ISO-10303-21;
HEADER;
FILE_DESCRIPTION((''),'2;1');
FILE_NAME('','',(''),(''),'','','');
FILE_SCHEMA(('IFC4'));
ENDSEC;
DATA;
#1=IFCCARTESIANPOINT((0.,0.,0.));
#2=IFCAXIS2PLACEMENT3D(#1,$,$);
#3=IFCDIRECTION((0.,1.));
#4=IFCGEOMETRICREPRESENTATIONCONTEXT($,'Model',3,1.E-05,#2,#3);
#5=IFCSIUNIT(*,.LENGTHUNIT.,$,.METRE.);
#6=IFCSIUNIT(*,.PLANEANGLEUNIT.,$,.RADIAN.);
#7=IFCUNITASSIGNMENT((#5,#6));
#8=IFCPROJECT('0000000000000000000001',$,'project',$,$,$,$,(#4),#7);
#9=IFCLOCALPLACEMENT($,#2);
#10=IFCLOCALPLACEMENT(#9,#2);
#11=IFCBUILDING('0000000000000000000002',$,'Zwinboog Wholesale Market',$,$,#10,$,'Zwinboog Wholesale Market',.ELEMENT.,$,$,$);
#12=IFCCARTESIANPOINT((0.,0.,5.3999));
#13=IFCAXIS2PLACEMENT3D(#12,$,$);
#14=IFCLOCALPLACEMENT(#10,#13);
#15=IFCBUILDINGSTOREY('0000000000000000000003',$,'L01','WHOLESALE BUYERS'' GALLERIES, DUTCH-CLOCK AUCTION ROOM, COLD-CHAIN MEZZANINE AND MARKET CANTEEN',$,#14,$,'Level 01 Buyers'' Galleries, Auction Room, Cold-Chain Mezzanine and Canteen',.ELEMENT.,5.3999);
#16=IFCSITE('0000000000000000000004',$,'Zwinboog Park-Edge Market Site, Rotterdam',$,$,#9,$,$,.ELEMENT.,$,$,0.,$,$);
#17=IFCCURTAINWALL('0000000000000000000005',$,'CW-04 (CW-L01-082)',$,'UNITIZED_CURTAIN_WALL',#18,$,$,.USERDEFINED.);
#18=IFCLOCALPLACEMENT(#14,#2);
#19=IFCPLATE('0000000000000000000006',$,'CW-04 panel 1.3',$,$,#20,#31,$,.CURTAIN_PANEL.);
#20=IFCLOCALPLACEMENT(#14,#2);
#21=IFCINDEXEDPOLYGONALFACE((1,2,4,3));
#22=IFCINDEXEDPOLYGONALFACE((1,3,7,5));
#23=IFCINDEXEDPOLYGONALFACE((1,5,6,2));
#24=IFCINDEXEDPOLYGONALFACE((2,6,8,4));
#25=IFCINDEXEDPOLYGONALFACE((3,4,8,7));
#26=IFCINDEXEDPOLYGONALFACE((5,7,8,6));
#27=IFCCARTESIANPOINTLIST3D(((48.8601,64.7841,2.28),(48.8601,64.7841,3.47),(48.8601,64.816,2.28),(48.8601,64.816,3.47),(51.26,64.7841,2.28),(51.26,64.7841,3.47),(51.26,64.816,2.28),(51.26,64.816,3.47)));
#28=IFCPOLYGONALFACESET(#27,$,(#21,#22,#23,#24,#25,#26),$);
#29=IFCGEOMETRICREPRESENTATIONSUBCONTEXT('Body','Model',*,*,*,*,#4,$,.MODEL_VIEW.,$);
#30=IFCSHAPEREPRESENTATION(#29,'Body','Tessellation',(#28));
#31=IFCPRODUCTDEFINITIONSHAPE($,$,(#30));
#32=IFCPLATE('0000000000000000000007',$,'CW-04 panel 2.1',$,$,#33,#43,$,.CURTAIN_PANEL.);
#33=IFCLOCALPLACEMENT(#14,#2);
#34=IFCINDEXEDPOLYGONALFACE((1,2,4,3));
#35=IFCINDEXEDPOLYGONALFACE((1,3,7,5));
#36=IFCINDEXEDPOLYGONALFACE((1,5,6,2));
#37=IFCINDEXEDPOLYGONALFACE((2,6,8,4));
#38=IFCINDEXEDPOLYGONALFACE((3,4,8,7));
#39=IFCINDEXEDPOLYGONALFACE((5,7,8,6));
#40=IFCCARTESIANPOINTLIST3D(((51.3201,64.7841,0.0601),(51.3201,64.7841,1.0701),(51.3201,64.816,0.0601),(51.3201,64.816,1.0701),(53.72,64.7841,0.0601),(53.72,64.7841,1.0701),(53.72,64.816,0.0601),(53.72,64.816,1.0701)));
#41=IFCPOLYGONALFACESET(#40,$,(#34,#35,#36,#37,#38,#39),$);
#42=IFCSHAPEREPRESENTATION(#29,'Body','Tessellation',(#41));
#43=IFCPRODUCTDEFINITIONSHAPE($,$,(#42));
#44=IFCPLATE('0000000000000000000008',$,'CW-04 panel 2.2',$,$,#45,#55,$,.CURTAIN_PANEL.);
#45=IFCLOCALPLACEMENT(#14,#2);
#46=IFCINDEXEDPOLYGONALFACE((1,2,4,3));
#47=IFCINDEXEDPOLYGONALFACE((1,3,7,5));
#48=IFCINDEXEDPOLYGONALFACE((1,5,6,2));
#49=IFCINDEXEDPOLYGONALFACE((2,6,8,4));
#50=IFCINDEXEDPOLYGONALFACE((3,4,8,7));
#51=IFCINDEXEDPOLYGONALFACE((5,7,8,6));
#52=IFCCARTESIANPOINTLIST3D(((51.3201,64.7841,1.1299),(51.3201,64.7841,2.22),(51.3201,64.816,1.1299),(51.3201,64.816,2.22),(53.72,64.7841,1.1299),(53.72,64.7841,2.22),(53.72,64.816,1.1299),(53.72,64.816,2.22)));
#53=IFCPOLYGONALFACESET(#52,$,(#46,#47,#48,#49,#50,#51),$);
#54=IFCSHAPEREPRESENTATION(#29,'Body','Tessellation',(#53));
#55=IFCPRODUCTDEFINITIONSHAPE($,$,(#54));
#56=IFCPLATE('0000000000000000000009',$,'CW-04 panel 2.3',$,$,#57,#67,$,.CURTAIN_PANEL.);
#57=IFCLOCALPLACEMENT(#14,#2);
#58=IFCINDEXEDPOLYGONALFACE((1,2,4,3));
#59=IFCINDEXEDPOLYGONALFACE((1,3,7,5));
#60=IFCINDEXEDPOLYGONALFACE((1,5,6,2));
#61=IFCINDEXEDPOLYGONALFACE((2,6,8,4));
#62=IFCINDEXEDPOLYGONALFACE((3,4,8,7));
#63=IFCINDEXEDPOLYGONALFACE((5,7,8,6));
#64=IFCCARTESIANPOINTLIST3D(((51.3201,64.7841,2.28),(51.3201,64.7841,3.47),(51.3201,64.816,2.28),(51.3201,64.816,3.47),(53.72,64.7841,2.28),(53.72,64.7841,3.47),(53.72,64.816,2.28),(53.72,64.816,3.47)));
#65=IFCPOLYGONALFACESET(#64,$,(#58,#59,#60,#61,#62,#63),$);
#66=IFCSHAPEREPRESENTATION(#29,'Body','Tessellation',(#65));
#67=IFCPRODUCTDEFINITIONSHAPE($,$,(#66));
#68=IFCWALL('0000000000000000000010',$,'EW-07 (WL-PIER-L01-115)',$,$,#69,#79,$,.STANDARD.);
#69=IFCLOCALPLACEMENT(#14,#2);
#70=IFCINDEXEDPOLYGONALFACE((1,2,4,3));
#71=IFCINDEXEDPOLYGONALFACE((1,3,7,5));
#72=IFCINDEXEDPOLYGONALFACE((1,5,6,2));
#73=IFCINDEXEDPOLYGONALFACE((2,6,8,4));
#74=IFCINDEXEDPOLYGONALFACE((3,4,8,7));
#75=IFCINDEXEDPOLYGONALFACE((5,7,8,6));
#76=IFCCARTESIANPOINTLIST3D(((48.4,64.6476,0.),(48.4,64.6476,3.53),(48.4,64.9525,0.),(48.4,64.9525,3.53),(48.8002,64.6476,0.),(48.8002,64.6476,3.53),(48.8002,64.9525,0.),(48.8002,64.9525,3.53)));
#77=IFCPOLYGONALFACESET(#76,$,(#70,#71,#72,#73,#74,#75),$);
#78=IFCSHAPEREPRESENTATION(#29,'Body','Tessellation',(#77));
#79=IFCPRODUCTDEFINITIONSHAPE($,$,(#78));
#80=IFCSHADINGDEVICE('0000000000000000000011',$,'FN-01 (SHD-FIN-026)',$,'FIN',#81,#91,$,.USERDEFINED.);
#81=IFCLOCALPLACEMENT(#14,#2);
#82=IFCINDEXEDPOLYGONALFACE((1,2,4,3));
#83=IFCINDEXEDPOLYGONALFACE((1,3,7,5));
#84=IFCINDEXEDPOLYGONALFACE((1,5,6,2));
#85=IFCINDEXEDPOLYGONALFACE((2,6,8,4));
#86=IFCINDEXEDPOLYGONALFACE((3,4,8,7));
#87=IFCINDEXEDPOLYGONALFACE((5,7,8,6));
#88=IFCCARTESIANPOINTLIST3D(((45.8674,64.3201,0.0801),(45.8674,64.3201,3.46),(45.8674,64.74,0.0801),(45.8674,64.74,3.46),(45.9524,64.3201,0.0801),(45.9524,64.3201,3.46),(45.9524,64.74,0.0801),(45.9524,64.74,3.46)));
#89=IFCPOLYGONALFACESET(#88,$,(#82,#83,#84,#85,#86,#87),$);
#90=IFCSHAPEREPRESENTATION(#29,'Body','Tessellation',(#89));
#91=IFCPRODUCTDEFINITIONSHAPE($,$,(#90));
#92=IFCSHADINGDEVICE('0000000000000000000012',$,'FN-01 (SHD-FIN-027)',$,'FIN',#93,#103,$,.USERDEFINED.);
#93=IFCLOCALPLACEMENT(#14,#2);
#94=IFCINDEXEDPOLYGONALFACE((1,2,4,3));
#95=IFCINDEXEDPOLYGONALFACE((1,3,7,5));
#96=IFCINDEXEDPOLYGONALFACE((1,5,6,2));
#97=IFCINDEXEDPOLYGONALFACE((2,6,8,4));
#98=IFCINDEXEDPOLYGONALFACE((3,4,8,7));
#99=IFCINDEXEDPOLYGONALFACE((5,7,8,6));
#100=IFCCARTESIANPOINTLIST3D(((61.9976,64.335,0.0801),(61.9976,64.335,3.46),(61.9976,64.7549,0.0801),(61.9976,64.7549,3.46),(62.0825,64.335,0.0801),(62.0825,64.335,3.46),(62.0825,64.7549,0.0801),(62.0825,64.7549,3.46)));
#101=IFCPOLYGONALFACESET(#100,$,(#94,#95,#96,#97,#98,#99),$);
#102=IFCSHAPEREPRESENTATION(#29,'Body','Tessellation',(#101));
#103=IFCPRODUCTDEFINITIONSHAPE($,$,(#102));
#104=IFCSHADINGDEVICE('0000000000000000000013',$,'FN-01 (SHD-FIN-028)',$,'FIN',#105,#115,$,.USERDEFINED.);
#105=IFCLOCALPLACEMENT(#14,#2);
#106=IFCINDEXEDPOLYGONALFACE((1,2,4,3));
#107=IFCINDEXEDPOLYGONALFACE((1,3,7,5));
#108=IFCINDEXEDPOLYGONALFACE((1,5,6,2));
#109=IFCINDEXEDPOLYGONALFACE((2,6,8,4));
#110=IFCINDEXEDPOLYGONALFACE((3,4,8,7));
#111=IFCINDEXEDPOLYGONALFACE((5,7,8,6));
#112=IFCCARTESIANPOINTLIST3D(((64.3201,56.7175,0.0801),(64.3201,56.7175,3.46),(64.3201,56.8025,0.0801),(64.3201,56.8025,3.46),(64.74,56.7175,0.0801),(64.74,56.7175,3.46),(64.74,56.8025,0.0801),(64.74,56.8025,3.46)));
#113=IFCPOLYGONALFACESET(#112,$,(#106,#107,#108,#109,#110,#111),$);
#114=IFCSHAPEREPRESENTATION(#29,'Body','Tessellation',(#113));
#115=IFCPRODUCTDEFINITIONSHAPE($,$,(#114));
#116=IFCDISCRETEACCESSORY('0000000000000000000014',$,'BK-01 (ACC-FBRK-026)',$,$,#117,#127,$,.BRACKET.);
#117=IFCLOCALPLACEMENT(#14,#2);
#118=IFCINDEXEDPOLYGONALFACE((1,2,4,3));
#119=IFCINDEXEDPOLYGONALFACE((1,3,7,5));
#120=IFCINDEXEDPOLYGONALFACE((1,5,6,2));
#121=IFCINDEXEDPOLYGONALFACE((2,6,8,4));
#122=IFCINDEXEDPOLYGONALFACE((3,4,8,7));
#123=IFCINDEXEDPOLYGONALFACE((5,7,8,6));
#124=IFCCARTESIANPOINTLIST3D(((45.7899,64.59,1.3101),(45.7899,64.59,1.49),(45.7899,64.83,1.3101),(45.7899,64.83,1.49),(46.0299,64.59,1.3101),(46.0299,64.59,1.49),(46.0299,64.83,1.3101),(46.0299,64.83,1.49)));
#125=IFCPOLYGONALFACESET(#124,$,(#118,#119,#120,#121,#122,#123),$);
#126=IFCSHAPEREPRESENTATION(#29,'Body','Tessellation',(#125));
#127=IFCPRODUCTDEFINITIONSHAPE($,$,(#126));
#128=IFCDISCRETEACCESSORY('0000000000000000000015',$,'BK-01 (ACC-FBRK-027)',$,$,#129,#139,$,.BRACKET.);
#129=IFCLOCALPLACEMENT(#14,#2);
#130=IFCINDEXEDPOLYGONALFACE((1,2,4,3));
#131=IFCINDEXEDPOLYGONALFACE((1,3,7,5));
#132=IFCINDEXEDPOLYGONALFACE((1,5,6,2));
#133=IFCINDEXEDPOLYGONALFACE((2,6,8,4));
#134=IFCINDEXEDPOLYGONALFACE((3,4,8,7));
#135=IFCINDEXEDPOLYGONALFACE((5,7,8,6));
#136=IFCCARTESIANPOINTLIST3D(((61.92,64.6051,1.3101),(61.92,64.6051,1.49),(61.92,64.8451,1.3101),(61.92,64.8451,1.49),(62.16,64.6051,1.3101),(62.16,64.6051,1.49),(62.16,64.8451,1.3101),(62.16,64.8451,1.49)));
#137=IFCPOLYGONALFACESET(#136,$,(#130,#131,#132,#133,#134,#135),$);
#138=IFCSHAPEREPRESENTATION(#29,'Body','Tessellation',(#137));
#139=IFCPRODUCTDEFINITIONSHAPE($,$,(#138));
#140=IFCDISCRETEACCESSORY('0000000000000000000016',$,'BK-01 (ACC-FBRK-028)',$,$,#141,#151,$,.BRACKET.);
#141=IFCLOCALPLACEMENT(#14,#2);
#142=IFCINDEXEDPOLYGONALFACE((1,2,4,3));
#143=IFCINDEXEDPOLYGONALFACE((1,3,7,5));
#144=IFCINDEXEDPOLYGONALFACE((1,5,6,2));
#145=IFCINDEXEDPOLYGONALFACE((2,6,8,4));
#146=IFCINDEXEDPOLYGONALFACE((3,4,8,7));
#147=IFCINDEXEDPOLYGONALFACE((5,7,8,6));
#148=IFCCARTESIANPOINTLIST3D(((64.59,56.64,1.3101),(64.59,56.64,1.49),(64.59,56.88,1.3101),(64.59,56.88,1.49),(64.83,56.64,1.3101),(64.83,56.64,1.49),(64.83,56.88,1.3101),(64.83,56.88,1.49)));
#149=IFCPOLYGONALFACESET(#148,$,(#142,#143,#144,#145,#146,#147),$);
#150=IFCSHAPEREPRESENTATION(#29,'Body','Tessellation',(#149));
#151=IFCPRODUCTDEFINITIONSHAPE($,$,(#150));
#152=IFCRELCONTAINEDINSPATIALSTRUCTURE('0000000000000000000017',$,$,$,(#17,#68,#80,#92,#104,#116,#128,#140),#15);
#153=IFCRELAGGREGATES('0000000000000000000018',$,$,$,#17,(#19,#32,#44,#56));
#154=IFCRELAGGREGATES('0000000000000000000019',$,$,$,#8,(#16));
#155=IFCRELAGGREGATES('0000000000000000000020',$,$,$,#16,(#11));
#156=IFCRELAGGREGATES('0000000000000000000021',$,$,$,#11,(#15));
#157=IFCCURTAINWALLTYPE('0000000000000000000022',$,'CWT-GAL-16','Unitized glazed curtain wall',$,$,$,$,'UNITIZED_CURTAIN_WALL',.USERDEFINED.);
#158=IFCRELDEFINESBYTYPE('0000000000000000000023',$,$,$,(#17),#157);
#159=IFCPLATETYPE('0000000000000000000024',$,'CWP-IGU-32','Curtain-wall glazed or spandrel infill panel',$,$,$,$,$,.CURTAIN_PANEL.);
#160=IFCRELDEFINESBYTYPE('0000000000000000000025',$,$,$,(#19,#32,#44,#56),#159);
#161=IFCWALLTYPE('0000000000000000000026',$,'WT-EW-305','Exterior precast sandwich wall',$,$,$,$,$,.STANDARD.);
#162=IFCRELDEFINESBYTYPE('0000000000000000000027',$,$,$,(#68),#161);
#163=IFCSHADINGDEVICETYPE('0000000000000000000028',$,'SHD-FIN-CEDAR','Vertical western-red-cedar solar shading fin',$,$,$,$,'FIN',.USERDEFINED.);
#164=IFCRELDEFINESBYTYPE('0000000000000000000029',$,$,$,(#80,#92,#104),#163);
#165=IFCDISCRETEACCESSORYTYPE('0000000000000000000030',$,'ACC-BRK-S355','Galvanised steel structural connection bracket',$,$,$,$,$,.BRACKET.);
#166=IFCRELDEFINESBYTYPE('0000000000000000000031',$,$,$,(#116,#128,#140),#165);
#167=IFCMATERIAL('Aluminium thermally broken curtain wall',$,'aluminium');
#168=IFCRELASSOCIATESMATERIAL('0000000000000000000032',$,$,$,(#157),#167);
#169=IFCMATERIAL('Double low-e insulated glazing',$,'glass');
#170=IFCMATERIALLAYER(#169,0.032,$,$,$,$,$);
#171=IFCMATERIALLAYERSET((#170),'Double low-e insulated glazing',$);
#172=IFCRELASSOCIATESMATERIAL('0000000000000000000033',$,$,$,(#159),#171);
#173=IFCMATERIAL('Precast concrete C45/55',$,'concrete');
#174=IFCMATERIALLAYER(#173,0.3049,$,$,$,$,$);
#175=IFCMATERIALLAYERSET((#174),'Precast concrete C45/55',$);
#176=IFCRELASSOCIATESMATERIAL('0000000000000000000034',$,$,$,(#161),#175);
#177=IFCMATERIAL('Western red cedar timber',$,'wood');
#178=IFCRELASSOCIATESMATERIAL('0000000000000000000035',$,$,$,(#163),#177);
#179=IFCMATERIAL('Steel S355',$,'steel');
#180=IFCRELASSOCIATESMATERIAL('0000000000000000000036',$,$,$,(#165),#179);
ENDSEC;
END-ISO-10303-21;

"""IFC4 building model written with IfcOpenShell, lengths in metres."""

from ifc_helpers import new_model, si_unit, direction, frame, frame_2d, origin, origin_2d, place, context, subcontext, project, spatial, rectangle, extrude, material, layer, layer_set, type_object, element, aggregate, save


model = new_model("IFC4")

# Units and contexts
model_context = context("Model", 3, precision=1e-05, world=origin(), true_north=direction((0.0, 1.0)))
body_context = subcontext(model_context, "Body", "Model", "MODEL_VIEW")
ifc_project = project(units=[si_unit("LENGTHUNIT", "METRE"), si_unit("PLANEANGLEUNIT", "RADIAN")], contexts=[model_context])

# Site, building, storey
site_placement = place(None, origin())
site = spatial("IfcSite", under=ifc_project, at=site_placement, Name="Zwinboog Park-Edge Market Site, Rotterdam", CompositionType="ELEMENT", RefElevation=0.0)
building_placement = place(site_placement, origin())
building = spatial("IfcBuilding", under=site, at=building_placement, Name="Zwinboog Wholesale Market", LongName="Zwinboog Wholesale Market", CompositionType="ELEMENT")
storey_placement = place(building_placement, frame((0.0, 0.0, 5.3999)))
storey = spatial("IfcBuildingStorey", under=building, at=storey_placement, Name="L01", Description="WHOLESALE BUYERS' GALLERIES, DUTCH-CLOCK AUCTION ROOM, COLD-CHAIN MEZZANINE AND MARKET CANTEEN", LongName="Level 01 Buyers' Galleries, Auction Room, Cold-Chain Mezzanine and Canteen", CompositionType="ELEMENT", Elevation=5.3999)

# Curtain wall
ifc_material_1 = material(Name="Aluminium thermally broken curtain wall", Category="aluminium")
curtain_wall_type_1 = type_object("IfcCurtainWallType", Name="CWT-GAL-16", Description="Unitized glazed curtain wall", ElementType="UNITIZED_CURTAIN_WALL", PredefinedType="USERDEFINED", material=ifc_material_1)
curtain_wall_1_placement = place(storey_placement, origin())
curtain_wall_1 = element("IfcCurtainWall", 1, at=curtain_wall_1_placement, inside=storey, type_object=curtain_wall_type_1, Name="CW-04 (CW-L01-082)", ObjectType="UNITIZED_CURTAIN_WALL", PredefinedType="USERDEFINED")

# Plates
ifc_material_2 = material(Name="Double low-e insulated glazing", Category="glass")
ifc_layer_1 = layer(ifc_material_2, 0.032)
ifc_layer_set_1 = layer_set([ifc_layer_1], Name="Double low-e insulated glazing")
plate_type = type_object("IfcPlateType", Name="CWP-IGU-32", Description="Curtain-wall glazed or spandrel infill panel", PredefinedType="CURTAIN_PANEL", material=ifc_layer_set_1)
plate_1_placement = place(storey_placement, frame((50.0601, 64.8, 2.28), z_axis=(0.0, 0.0, 1.0), x_axis=(1.0, 0.0, 0.0)))
plate_1 = element("IfcPlate", 2, at=plate_1_placement, type_object=plate_type, Name="CW-04 panel 1.3", PredefinedType="CURTAIN_PANEL", context=body_context, shape_type="SweptSolid", body=[
    extrude(rectangle(XDim=2.3999, YDim=0.032, at=origin_2d()), origin(), (0.0, 0.0, 1.0), 1.1899),
])
plate_2_placement = place(storey_placement, frame((52.52, 64.8, 0.0601), z_axis=(0.0, 0.0, 1.0), x_axis=(1.0, 0.0, 0.0)))
plate_2 = element("IfcPlate", 3, at=plate_2_placement, type_object=plate_type, Name="CW-04 panel 2.1", PredefinedType="CURTAIN_PANEL", context=body_context, shape_type="SweptSolid", body=[
    extrude(rectangle(XDim=2.3999, YDim=0.032, at=origin_2d()), origin(), (0.0, 0.0, 1.0), 1.01),
])
plate_3_placement = place(storey_placement, frame((52.52, 64.8, 1.1299), z_axis=(0.0, 0.0, 1.0), x_axis=(1.0, 0.0, 0.0)))
plate_3 = element("IfcPlate", 4, at=plate_3_placement, type_object=plate_type, Name="CW-04 panel 2.2", PredefinedType="CURTAIN_PANEL", context=body_context, shape_type="SweptSolid", body=[
    extrude(rectangle(XDim=2.3999, YDim=0.032, at=origin_2d()), origin(), (0.0, 0.0, 1.0), 1.0901),
])
plate_4_placement = place(storey_placement, frame((52.52, 64.8, 2.28), z_axis=(0.0, 0.0, 1.0), x_axis=(1.0, 0.0, 0.0)))
plate_4 = element("IfcPlate", 5, at=plate_4_placement, type_object=plate_type, Name="CW-04 panel 2.3", PredefinedType="CURTAIN_PANEL", context=body_context, shape_type="SweptSolid", body=[
    extrude(rectangle(XDim=2.3999, YDim=0.032, at=origin_2d()), origin(), (0.0, 0.0, 1.0), 1.1899),
])
aggregate(curtain_wall_1, [plate_1, plate_2, plate_3, plate_4])

# Wall
ifc_material_3 = material(Name="Precast concrete C45/55", Category="concrete")
ifc_layer_2 = layer(ifc_material_3, 0.3049)
ifc_layer_set_2 = layer_set([ifc_layer_2], Name="Precast concrete C45/55")
wall_type = type_object("IfcWallType", Name="WT-EW-305", Description="Exterior precast sandwich wall", PredefinedType="STANDARD", material=ifc_layer_set_2)
wall_placement = place(storey_placement, frame((48.3999, 64.8, 0.0), z_axis=(0.0, 0.0, 1.0), x_axis=(1.0, 0.0, 0.0)))
element("IfcWall", 6, at=wall_placement, inside=storey, type_object=wall_type, Name="EW-07 (WL-PIER-L01-115)", PredefinedType="STANDARD", context=body_context, shape_type="SweptSolid", body=[
    extrude(rectangle(XDim=0.4001, YDim=0.3049, at=frame_2d((0.2002, 0.0))), origin(), (0.0, 0.0, 1.0), 3.53),
])

# Shading devices
ifc_material_4 = material(Name="Western red cedar timber", Category="wood")
shading_device_type = type_object("IfcShadingDeviceType", Name="SHD-FIN-CEDAR", Description="Vertical western-red-cedar solar shading fin", ElementType="FIN", PredefinedType="USERDEFINED", material=ifc_material_4)
for number, where, z_axis, x_axis, name in (
    (7, (45.9099, 64.53, 0.0801), (0.0, 0.0, 1.0), (0.0, 1.0, 0.0), "FN-01 (SHD-FIN-026)"),
    (8, (62.04, 64.5449, 0.0801), (0.0, 0.0, 1.0), (0.0, 1.0, 0.0), "FN-01 (SHD-FIN-027)"),
    (9, (64.53, 56.76, 0.0801), (0.0, 0.0, 1.0), (1.0, 0.0, 0.0), "FN-01 (SHD-FIN-028)"),
):
    element("IfcShadingDevice", number, at=place(storey_placement, frame(where, z_axis=z_axis, x_axis=x_axis)), inside=storey, type_object=shading_device_type, Name=name, ObjectType="FIN", PredefinedType="USERDEFINED", context=body_context, shape_type="SweptSolid", body=[
        extrude(rectangle(XDim=0.4199, YDim=0.085, at=origin_2d()), origin(), (0.0, 0.0, 1.0), 3.3799),
    ])

# Discrete accessories
ifc_material_5 = material(Name="Steel S355", Category="steel")
discrete_accessory_type = type_object("IfcDiscreteAccessoryType", Name="ACC-BRK-S355", Description="Galvanised steel structural connection bracket", PredefinedType="BRACKET", material=ifc_material_5)
for number, where, z_axis, x_axis, name in (
    (10, (45.9099, 64.71, 1.3101), (0.0, 0.0, 1.0), (1.0, 0.0, 0.0), "BK-01 (ACC-FBRK-026)"),
    (11, (62.04, 64.7251, 1.3101), (0.0, 0.0, 1.0), (1.0, 0.0, 0.0), "BK-01 (ACC-FBRK-027)"),
    (12, (64.71, 56.76, 1.3101), (0.0, 0.0, 1.0), (1.0, 0.0, 0.0), "BK-01 (ACC-FBRK-028)"),
):
    element("IfcDiscreteAccessory", number, at=place(storey_placement, frame(where, z_axis=z_axis, x_axis=x_axis)), inside=storey, type_object=discrete_accessory_type, Name=name, PredefinedType="BRACKET", context=body_context, shape_type="SweptSolid", body=[
        extrude(rectangle(XDim=0.24, YDim=0.24, at=origin_2d()), origin(), (0.0, 0.0, 1.0), 0.1799),
    ])

save(model, "model.ifc")
